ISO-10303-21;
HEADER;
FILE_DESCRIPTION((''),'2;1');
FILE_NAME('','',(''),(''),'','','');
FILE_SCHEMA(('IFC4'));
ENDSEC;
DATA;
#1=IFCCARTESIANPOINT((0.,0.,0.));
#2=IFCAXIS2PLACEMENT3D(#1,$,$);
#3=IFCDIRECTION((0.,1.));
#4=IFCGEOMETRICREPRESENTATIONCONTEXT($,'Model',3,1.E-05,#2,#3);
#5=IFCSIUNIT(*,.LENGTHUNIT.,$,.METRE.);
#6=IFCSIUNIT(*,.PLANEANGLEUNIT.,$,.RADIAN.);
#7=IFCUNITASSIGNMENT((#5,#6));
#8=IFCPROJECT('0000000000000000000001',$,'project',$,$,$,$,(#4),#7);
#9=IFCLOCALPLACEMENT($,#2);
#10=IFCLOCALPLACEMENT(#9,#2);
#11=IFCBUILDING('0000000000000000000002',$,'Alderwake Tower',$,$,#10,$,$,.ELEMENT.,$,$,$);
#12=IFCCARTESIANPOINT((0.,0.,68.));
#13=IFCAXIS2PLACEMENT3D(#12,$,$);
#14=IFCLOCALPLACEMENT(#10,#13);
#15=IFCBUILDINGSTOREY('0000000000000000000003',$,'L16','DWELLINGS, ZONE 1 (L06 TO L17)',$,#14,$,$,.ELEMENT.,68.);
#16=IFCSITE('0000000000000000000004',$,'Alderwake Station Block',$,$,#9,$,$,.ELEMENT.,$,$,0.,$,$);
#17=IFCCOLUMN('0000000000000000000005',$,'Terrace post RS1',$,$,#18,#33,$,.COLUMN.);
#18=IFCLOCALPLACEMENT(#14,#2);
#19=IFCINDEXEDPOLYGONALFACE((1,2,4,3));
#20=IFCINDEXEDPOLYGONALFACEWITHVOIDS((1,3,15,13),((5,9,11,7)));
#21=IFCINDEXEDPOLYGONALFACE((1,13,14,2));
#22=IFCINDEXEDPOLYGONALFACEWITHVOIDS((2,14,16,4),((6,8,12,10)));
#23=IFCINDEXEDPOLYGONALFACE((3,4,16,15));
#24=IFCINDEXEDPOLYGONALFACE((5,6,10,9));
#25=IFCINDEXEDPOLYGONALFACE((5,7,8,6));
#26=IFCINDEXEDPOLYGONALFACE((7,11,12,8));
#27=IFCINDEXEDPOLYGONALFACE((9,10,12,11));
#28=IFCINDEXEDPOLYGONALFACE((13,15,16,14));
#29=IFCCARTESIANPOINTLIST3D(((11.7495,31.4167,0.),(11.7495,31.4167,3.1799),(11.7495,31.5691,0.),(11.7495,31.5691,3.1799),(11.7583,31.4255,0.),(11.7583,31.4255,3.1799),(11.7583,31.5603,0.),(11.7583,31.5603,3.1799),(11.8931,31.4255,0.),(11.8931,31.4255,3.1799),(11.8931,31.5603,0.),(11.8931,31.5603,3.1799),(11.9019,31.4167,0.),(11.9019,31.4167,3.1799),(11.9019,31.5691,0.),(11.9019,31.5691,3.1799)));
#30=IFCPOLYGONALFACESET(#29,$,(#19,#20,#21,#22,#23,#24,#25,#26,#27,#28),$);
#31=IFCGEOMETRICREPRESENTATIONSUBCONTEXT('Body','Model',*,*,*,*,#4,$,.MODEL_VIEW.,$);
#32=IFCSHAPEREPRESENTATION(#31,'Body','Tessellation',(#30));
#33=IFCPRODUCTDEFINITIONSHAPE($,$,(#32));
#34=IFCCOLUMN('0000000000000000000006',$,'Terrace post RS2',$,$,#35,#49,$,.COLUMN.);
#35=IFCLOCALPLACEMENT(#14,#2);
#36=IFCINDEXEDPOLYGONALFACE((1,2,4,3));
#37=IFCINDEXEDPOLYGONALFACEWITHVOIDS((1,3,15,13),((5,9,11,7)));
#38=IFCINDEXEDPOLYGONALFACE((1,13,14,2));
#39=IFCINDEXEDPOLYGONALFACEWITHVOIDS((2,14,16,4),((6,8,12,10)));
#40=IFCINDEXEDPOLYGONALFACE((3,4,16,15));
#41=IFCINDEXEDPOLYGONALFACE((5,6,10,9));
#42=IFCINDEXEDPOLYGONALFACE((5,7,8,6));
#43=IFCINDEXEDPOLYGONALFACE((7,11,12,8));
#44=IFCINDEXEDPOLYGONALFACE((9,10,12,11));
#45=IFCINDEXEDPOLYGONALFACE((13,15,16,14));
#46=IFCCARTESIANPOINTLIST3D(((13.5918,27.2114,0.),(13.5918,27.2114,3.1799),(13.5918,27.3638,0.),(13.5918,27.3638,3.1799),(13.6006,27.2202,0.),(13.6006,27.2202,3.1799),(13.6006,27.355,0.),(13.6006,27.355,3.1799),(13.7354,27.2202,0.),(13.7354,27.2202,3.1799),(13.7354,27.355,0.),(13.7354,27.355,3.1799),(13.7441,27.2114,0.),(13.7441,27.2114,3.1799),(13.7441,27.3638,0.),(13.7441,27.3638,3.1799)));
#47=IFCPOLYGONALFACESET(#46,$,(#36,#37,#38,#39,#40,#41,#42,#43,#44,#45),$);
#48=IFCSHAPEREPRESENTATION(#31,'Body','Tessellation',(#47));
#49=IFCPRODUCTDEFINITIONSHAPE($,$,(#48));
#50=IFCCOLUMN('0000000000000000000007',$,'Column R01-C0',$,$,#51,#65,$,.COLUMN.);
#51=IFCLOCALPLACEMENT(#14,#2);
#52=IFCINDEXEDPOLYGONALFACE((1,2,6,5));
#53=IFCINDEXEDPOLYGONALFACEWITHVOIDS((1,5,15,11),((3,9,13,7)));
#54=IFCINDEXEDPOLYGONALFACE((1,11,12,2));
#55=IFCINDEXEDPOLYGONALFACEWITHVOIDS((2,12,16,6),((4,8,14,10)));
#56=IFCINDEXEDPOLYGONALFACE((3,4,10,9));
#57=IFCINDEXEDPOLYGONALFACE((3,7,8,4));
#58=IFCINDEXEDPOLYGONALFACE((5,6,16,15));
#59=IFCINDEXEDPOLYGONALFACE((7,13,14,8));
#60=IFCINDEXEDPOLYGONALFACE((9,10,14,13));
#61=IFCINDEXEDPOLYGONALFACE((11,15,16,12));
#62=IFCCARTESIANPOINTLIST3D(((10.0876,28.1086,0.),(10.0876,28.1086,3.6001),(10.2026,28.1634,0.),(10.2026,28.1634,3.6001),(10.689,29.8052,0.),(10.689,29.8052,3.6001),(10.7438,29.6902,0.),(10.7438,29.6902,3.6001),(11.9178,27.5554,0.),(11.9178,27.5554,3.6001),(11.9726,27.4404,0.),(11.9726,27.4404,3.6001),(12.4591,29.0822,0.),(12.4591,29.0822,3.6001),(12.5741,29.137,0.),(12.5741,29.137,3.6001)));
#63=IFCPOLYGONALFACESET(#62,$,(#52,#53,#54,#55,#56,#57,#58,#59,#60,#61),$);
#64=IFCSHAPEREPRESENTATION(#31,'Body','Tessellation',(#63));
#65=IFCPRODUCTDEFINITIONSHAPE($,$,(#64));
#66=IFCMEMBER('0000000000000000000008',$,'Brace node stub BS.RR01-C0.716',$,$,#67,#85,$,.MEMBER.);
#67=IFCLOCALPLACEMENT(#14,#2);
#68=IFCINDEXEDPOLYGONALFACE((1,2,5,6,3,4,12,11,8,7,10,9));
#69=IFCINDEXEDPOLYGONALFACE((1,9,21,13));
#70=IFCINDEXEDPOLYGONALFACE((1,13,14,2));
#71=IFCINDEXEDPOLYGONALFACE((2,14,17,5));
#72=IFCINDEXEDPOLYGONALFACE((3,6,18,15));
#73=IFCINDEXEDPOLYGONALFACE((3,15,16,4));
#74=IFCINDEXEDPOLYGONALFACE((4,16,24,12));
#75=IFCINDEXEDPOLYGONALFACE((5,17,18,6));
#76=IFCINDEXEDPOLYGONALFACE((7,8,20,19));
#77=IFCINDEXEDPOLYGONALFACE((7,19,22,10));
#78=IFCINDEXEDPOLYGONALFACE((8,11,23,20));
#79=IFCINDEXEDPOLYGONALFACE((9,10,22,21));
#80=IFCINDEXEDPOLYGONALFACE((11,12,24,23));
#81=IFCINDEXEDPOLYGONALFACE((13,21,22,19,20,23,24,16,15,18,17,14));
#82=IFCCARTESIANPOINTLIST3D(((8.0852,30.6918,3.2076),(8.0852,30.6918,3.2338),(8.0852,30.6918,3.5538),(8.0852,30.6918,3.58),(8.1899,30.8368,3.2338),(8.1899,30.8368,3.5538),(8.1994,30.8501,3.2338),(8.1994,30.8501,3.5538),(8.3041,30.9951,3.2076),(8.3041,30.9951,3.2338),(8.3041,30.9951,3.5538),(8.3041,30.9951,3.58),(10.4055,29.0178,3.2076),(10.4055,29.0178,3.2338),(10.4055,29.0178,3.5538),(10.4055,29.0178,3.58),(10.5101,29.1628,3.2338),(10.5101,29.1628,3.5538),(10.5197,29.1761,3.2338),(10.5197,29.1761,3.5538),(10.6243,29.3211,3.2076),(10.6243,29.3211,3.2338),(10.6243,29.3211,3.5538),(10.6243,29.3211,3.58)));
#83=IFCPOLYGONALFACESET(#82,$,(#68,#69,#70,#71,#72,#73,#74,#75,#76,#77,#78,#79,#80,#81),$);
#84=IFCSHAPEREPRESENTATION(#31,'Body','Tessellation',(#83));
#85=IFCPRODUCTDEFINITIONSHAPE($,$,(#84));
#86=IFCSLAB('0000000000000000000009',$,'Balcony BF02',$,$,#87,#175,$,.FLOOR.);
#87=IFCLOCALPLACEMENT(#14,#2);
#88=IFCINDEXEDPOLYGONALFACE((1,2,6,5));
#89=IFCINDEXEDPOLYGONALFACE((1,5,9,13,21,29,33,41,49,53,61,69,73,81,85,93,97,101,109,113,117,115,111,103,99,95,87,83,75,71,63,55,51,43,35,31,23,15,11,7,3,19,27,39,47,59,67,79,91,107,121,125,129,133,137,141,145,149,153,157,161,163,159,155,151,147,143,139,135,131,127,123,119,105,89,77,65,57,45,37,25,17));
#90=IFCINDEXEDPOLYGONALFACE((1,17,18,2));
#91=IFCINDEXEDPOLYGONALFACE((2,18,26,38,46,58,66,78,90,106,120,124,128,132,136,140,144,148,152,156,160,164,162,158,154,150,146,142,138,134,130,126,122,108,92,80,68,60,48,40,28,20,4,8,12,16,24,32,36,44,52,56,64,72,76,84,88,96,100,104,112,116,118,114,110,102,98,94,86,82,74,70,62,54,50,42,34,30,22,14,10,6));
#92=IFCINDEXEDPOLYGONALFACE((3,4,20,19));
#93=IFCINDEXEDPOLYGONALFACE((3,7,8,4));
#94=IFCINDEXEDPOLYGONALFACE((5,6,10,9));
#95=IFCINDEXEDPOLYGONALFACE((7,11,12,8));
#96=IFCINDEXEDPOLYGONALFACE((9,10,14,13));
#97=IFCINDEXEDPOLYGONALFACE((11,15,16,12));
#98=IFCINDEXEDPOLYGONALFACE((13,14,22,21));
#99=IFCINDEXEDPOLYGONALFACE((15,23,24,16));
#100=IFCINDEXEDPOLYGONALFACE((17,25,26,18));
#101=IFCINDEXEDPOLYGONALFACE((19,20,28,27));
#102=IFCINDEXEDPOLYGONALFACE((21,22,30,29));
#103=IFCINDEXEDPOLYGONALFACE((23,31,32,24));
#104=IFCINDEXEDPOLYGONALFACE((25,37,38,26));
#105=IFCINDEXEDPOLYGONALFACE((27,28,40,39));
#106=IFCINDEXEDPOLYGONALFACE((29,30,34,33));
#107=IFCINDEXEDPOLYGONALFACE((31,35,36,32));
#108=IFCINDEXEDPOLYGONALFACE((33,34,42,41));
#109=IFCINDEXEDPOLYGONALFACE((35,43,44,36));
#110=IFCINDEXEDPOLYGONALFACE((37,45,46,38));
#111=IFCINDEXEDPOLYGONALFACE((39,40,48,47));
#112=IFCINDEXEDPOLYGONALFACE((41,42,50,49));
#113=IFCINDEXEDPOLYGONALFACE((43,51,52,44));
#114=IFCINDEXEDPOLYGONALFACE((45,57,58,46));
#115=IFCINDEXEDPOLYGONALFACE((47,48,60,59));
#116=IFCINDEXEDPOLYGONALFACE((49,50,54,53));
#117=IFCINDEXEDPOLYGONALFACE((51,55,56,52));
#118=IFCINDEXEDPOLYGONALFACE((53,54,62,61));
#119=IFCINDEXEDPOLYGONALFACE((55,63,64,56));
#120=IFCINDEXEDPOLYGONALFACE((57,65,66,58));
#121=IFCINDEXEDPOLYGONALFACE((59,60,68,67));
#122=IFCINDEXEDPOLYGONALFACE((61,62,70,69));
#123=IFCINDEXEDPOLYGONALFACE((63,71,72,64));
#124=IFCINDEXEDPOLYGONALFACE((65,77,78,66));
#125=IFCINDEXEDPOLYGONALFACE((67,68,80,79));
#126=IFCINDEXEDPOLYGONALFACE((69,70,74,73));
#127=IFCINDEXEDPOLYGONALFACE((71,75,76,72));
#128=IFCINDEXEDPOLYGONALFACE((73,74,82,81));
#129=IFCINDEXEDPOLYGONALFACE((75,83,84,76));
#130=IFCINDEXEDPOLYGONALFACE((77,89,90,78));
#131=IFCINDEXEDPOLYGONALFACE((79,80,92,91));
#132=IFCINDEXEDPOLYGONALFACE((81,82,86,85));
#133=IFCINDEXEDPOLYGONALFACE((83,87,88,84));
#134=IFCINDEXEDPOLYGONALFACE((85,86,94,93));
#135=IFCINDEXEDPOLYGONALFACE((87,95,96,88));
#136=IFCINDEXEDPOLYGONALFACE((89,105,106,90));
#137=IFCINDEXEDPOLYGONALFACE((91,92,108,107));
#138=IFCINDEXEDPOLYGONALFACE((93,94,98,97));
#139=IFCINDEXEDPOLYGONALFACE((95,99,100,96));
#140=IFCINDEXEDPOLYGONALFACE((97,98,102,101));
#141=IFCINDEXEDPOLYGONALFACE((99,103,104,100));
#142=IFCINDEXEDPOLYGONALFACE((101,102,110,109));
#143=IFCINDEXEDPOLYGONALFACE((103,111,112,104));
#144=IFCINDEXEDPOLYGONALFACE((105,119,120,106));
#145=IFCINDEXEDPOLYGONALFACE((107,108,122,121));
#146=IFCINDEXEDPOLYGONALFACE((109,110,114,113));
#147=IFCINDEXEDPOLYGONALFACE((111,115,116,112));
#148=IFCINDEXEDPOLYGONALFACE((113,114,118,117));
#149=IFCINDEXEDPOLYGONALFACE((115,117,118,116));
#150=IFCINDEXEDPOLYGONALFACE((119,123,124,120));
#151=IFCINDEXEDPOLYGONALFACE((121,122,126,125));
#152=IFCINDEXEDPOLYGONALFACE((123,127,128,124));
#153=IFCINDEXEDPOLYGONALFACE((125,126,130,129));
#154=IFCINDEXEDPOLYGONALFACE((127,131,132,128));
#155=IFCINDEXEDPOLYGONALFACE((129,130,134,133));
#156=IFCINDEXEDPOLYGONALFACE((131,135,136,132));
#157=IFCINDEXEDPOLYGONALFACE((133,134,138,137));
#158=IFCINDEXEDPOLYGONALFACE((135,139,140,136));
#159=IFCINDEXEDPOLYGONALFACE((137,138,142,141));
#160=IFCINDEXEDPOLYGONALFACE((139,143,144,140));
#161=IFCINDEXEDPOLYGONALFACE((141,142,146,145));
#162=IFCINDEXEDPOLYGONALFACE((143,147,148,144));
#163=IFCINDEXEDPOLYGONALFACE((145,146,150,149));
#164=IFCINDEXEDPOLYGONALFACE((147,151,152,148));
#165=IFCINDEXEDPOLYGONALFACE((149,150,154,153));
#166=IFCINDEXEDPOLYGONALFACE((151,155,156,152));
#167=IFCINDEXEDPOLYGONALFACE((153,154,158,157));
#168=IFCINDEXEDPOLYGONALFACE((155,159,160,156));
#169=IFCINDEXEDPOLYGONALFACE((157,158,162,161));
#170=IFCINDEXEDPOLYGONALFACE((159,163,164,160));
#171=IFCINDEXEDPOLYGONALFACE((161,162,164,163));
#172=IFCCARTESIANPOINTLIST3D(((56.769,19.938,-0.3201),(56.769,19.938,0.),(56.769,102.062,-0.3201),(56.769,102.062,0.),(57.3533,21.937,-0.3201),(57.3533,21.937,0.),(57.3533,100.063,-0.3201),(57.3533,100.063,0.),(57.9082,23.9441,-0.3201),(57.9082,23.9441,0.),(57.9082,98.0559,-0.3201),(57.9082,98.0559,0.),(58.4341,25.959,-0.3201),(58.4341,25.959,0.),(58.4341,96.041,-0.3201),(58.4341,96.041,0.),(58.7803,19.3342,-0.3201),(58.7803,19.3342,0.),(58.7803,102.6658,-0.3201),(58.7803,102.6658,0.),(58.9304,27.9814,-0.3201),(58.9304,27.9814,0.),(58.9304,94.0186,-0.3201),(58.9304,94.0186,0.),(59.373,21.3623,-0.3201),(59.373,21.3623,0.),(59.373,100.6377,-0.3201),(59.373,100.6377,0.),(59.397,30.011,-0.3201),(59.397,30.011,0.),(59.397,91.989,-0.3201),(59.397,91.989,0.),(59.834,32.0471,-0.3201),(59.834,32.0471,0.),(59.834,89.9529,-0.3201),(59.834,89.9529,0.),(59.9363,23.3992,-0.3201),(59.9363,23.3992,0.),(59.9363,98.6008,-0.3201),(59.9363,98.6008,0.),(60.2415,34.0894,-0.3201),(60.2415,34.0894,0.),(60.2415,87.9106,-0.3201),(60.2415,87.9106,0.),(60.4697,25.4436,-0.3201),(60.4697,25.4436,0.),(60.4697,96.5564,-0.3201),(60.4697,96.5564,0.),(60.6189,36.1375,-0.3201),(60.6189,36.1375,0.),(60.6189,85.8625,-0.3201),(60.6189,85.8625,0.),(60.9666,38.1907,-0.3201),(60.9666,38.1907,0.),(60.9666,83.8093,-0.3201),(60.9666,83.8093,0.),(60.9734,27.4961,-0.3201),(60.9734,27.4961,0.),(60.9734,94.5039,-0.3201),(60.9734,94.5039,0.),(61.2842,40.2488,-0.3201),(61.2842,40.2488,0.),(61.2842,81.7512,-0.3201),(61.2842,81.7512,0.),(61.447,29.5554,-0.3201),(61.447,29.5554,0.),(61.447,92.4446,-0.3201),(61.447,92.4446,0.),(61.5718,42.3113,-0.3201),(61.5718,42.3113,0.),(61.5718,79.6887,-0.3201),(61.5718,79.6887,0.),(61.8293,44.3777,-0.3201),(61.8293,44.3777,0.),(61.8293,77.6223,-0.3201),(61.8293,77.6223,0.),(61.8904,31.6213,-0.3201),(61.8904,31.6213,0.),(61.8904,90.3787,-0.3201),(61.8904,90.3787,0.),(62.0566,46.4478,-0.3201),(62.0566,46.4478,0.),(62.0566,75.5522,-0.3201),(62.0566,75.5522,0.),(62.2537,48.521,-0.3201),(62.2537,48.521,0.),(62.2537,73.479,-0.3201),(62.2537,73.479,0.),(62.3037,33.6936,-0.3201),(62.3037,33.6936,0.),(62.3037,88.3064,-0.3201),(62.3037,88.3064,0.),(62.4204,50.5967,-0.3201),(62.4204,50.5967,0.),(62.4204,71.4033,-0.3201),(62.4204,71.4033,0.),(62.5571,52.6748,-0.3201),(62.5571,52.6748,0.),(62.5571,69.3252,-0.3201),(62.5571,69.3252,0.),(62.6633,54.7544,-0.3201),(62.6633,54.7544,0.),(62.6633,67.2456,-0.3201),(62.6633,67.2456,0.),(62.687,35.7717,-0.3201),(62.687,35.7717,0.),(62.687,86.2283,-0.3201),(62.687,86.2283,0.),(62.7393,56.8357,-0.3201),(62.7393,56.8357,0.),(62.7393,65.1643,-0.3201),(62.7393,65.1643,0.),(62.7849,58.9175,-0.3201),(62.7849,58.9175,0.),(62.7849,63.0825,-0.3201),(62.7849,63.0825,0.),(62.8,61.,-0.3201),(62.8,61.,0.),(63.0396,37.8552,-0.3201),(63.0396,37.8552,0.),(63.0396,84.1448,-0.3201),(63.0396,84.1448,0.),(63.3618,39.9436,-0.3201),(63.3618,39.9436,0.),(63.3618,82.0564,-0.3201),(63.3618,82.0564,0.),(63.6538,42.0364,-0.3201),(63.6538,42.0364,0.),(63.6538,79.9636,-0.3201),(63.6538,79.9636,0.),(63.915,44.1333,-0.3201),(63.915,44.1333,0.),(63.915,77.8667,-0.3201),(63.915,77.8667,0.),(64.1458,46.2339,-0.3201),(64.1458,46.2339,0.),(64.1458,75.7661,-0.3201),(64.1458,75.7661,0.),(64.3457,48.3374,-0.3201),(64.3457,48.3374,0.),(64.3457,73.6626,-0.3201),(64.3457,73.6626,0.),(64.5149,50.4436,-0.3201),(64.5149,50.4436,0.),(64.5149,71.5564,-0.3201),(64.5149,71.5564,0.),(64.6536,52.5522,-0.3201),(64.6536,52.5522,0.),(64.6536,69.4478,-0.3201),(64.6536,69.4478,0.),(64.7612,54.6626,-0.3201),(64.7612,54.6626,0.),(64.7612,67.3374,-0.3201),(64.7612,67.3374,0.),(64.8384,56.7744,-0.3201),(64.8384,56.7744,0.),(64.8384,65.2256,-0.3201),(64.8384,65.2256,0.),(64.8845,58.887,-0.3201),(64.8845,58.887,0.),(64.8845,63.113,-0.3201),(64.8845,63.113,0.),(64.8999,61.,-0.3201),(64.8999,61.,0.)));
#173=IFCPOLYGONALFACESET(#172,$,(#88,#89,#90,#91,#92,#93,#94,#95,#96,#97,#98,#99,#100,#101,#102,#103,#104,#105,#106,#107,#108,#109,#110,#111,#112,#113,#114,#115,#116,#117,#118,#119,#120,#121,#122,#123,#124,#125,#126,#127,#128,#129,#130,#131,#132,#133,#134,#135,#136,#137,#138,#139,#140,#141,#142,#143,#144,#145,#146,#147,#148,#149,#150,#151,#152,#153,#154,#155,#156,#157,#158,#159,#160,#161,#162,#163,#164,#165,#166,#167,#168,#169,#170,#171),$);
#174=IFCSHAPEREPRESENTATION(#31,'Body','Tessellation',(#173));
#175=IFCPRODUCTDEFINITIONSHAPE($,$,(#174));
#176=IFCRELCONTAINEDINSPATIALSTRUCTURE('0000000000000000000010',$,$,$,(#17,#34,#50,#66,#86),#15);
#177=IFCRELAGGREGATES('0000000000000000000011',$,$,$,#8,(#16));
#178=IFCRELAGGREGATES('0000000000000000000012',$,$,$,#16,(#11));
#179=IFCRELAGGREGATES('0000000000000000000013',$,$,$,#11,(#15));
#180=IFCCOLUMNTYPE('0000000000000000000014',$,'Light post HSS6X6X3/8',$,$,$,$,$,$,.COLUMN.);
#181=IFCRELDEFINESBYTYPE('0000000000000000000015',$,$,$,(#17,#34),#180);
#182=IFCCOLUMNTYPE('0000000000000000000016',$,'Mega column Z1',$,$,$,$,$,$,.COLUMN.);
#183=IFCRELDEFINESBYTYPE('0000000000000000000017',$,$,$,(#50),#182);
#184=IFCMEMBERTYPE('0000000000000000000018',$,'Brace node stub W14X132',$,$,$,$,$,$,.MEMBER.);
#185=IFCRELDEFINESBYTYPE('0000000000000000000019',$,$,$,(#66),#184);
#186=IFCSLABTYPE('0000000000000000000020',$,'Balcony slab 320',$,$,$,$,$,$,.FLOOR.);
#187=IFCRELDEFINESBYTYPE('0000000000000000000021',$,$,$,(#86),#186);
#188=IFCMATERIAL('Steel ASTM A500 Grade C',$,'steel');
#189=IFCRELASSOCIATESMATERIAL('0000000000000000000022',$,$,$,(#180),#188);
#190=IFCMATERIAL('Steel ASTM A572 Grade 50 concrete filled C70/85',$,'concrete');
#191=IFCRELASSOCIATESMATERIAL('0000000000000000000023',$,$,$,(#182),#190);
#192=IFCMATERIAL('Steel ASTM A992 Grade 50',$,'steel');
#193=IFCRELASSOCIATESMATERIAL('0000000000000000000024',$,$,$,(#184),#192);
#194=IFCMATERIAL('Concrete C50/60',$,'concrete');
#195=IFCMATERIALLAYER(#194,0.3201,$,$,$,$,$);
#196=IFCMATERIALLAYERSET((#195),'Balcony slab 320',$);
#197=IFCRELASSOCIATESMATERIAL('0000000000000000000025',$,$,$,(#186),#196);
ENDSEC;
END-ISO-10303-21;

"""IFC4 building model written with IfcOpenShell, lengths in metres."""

from ifc_helpers import new_model, si_unit, direction, frame, origin, origin_2d, place, context, subcontext, project, spatial, polyline, hollow_rectangle, i_section, outline, extrude, material, layer, layer_set, material_profile, profile_set, type_object, element, save


model = new_model("IFC4")

# Units and contexts
model_context = context("Model", 3, precision=1e-05, world=origin(), true_north=direction((0.0, 1.0)))
body_context = subcontext(model_context, "Body", "Model", "MODEL_VIEW")
ifc_project = project(units=[si_unit("LENGTHUNIT", "METRE"), si_unit("PLANEANGLEUNIT", "RADIAN")], contexts=[model_context])

# Site, building, storey
site_placement = place(None, origin())
site = spatial("IfcSite", under=ifc_project, at=site_placement, Name="Alderwake Station Block", CompositionType="ELEMENT", RefElevation=0.0)
building_placement = place(site_placement, origin())
building = spatial("IfcBuilding", under=site, at=building_placement, Name="Alderwake Tower", CompositionType="ELEMENT")
storey_placement = place(building_placement, frame((0.0, 0.0, 68.0)))
storey = spatial("IfcBuildingStorey", under=building, at=storey_placement, Name="L16", Description="DWELLINGS, ZONE 1 (L06 TO L17)", CompositionType="ELEMENT", Elevation=68.0)

# Columns
ifc_material_1 = material(Name="Steel ASTM A500 Grade C", Category="steel")
ifc_material_profile_1 = material_profile(ifc_material_1, hollow_rectangle(XDim=0.1523, YDim=0.1523, WallThickness=0.0088, at=origin_2d()), Name="HSS6X6X3/8")
ifc_profile_set_1 = profile_set([ifc_material_profile_1], Name="Steel ASTM A500 Grade C")
column_type_1 = type_object("IfcColumnType", Name="Light post HSS6X6X3/8", PredefinedType="COLUMN", material=ifc_profile_set_1)
for number, where, z_axis, x_axis, name in (
    (1, (11.8257, 31.4929, 0.0), (0.0, 0.0, 1.0), (1.0, 0.0, 0.0), "Terrace post RS1"),
    (2, (13.668, 27.2876, 0.0), (0.0, 0.0, 1.0), (1.0, 0.0, 0.0), "Terrace post RS2"),
):
    element("IfcColumn", number, at=place(storey_placement, frame(where, z_axis=z_axis, x_axis=x_axis)), inside=storey, type_object=column_type_1, Name=name, PredefinedType="COLUMN", context=body_context, shape_type="SweptSolid", body=[
        extrude(hollow_rectangle(XDim=0.1523, YDim=0.1523, WallThickness=0.0088, at=origin_2d()), origin(), (0.0, 0.0, 1.0), 3.1799),
    ])
ifc_material_2 = material(Name="Steel ASTM A572 Grade 50 concrete filled C70/85", Category="concrete")
ifc_material_profile_2 = material_profile(ifc_material_2, hollow_rectangle(XDim=1.8, YDim=2.0, WallThickness=0.0901, at=origin_2d()), Name="BOX 2000X1800X90")
ifc_profile_set_2 = profile_set([ifc_material_profile_2], Name="Steel ASTM A572 Grade 50 concrete filled C70/85")
column_type_2 = type_object("IfcColumnType", Name="Mega column Z1", PredefinedType="COLUMN", material=ifc_profile_set_2)
column_placement = place(storey_placement, frame((11.3308, 28.6228, 0.0), z_axis=(0.0, 0.0, 1.0), x_axis=(0.334131, 0.942527, 0.0)))
element("IfcColumn", 3, at=column_placement, inside=storey, type_object=column_type_2, Name="Column R01-C0", PredefinedType="COLUMN", context=body_context, shape_type="SweptSolid", body=[
    extrude(hollow_rectangle(XDim=1.8, YDim=2.0, WallThickness=0.0901, at=origin_2d()), origin(), (0.0, 0.0, 1.0), 3.6001),
])

# Member
ifc_material_3 = material(Name="Steel ASTM A992 Grade 50", Category="steel")
ifc_material_profile_3 = material_profile(ifc_material_3, i_section(OverallWidth=0.374, OverallDepth=0.3723, WebThickness=0.0164, FlangeThickness=0.0261, at=origin_2d()), Name="W14X132")
ifc_profile_set_3 = profile_set([ifc_material_profile_3], Name="Steel ASTM A992 Grade 50")
member_type = type_object("IfcMemberType", Name="Brace node stub W14X132", PredefinedType="MEMBER", material=ifc_profile_set_3)
member_placement = place(storey_placement, frame((10.5149, 29.1694, 3.3938), z_axis=(-0.810963, 0.585098, 0.0), x_axis=(-0.585098, -0.810963, 0.0)))
element("IfcMember", 4, at=member_placement, inside=storey, type_object=member_type, Name="Brace node stub BS.RR01-C0.716", PredefinedType="MEMBER", context=body_context, shape_type="SweptSolid", body=[
    extrude(i_section(OverallWidth=0.374, OverallDepth=0.3723, WebThickness=0.0164, FlangeThickness=0.0261, at=origin_2d()), origin(), (0.0, 0.0, 1.0), 2.8611),
])

# Slab
ifc_material_4 = material(Name="Concrete C50/60", Category="concrete")
ifc_layer_1 = layer(ifc_material_4, 0.3201)
ifc_layer_set_1 = layer_set([ifc_layer_1], Name="Balcony slab 320")
slab_type_1 = type_object("IfcSlabType", Name="Balcony slab 320", PredefinedType="FLOOR", material=ifc_layer_set_1)
slab_1_placement = place(storey_placement, frame((0.0, 0.0, -0.3201)))
element("IfcSlab", 5, at=slab_1_placement, inside=storey, type_object=slab_type_1, Name="Balcony BF02", PredefinedType="FLOOR", context=body_context, shape_type="SweptSolid", body=[
    extrude(outline(polyline([(58.7803, 19.3342), (59.373, 21.3623), (59.9363, 23.3992), (60.4697, 25.4436), (60.9734, 27.4961), (61.447, 29.5554), (61.8904, 31.6213), (62.3037, 33.6936), (62.687, 35.7717), (63.0396, 37.8552), (63.3618, 39.9436), (63.6538, 42.0364), (63.915, 44.1333), (64.1458, 46.2339), (64.3457, 48.3374), (64.5149, 50.4436), (64.6536, 52.5522), (64.7612, 54.6626), (64.8384, 56.7744), (64.8845, 58.887), (64.8999, 61.0), (64.8845, 63.113), (64.8384, 65.2256), (64.7612, 67.3374), (64.6536, 69.4478), (64.5149, 71.5564), (64.3457, 73.6626), (64.1458, 75.7661), (63.915, 77.8667), (63.6538, 79.9636), (63.3618, 82.0564), (63.0396, 84.1448), (62.687, 86.2283), (62.3037, 88.3064), (61.8904, 90.3787), (61.447, 92.4446), (60.9734, 94.5039), (60.4697, 96.5564), (59.9363, 98.6008), (59.373, 100.6377), (58.7803, 102.6658), (56.769, 102.062), (57.3533, 100.063), (57.9082, 98.0559), (58.4341, 96.041), (58.9304, 94.0186), (59.397, 91.989), (59.834, 89.9529), (60.2415, 87.9106), (60.6189, 85.8625), (60.9666, 83.8093), (61.2842, 81.7512), (61.5718, 79.6887), (61.8293, 77.6223), (62.0566, 75.5522), (62.2537, 73.479), (62.4204, 71.4033), (62.5571, 69.3252), (62.6633, 67.2456), (62.7393, 65.1643), (62.7849, 63.0825), (62.8, 61.0), (62.7849, 58.9175), (62.7393, 56.8357), (62.6633, 54.7544), (62.5571, 52.6748), (62.4204, 50.5967), (62.2537, 48.521), (62.0566, 46.4478), (61.8293, 44.3777), (61.5718, 42.3113), (61.2842, 40.2488), (60.9666, 38.1907), (60.6189, 36.1375), (60.2415, 34.0894), (59.834, 32.0471), (59.397, 30.011), (58.9304, 27.9814), (58.4341, 25.959), (57.9082, 23.9441), (57.3533, 21.937), (56.769, 19.938), (58.7803, 19.3342)])), origin(), (0.0, 0.0, 1.0), 0.3201),
])

save(model, "model.ifc")
